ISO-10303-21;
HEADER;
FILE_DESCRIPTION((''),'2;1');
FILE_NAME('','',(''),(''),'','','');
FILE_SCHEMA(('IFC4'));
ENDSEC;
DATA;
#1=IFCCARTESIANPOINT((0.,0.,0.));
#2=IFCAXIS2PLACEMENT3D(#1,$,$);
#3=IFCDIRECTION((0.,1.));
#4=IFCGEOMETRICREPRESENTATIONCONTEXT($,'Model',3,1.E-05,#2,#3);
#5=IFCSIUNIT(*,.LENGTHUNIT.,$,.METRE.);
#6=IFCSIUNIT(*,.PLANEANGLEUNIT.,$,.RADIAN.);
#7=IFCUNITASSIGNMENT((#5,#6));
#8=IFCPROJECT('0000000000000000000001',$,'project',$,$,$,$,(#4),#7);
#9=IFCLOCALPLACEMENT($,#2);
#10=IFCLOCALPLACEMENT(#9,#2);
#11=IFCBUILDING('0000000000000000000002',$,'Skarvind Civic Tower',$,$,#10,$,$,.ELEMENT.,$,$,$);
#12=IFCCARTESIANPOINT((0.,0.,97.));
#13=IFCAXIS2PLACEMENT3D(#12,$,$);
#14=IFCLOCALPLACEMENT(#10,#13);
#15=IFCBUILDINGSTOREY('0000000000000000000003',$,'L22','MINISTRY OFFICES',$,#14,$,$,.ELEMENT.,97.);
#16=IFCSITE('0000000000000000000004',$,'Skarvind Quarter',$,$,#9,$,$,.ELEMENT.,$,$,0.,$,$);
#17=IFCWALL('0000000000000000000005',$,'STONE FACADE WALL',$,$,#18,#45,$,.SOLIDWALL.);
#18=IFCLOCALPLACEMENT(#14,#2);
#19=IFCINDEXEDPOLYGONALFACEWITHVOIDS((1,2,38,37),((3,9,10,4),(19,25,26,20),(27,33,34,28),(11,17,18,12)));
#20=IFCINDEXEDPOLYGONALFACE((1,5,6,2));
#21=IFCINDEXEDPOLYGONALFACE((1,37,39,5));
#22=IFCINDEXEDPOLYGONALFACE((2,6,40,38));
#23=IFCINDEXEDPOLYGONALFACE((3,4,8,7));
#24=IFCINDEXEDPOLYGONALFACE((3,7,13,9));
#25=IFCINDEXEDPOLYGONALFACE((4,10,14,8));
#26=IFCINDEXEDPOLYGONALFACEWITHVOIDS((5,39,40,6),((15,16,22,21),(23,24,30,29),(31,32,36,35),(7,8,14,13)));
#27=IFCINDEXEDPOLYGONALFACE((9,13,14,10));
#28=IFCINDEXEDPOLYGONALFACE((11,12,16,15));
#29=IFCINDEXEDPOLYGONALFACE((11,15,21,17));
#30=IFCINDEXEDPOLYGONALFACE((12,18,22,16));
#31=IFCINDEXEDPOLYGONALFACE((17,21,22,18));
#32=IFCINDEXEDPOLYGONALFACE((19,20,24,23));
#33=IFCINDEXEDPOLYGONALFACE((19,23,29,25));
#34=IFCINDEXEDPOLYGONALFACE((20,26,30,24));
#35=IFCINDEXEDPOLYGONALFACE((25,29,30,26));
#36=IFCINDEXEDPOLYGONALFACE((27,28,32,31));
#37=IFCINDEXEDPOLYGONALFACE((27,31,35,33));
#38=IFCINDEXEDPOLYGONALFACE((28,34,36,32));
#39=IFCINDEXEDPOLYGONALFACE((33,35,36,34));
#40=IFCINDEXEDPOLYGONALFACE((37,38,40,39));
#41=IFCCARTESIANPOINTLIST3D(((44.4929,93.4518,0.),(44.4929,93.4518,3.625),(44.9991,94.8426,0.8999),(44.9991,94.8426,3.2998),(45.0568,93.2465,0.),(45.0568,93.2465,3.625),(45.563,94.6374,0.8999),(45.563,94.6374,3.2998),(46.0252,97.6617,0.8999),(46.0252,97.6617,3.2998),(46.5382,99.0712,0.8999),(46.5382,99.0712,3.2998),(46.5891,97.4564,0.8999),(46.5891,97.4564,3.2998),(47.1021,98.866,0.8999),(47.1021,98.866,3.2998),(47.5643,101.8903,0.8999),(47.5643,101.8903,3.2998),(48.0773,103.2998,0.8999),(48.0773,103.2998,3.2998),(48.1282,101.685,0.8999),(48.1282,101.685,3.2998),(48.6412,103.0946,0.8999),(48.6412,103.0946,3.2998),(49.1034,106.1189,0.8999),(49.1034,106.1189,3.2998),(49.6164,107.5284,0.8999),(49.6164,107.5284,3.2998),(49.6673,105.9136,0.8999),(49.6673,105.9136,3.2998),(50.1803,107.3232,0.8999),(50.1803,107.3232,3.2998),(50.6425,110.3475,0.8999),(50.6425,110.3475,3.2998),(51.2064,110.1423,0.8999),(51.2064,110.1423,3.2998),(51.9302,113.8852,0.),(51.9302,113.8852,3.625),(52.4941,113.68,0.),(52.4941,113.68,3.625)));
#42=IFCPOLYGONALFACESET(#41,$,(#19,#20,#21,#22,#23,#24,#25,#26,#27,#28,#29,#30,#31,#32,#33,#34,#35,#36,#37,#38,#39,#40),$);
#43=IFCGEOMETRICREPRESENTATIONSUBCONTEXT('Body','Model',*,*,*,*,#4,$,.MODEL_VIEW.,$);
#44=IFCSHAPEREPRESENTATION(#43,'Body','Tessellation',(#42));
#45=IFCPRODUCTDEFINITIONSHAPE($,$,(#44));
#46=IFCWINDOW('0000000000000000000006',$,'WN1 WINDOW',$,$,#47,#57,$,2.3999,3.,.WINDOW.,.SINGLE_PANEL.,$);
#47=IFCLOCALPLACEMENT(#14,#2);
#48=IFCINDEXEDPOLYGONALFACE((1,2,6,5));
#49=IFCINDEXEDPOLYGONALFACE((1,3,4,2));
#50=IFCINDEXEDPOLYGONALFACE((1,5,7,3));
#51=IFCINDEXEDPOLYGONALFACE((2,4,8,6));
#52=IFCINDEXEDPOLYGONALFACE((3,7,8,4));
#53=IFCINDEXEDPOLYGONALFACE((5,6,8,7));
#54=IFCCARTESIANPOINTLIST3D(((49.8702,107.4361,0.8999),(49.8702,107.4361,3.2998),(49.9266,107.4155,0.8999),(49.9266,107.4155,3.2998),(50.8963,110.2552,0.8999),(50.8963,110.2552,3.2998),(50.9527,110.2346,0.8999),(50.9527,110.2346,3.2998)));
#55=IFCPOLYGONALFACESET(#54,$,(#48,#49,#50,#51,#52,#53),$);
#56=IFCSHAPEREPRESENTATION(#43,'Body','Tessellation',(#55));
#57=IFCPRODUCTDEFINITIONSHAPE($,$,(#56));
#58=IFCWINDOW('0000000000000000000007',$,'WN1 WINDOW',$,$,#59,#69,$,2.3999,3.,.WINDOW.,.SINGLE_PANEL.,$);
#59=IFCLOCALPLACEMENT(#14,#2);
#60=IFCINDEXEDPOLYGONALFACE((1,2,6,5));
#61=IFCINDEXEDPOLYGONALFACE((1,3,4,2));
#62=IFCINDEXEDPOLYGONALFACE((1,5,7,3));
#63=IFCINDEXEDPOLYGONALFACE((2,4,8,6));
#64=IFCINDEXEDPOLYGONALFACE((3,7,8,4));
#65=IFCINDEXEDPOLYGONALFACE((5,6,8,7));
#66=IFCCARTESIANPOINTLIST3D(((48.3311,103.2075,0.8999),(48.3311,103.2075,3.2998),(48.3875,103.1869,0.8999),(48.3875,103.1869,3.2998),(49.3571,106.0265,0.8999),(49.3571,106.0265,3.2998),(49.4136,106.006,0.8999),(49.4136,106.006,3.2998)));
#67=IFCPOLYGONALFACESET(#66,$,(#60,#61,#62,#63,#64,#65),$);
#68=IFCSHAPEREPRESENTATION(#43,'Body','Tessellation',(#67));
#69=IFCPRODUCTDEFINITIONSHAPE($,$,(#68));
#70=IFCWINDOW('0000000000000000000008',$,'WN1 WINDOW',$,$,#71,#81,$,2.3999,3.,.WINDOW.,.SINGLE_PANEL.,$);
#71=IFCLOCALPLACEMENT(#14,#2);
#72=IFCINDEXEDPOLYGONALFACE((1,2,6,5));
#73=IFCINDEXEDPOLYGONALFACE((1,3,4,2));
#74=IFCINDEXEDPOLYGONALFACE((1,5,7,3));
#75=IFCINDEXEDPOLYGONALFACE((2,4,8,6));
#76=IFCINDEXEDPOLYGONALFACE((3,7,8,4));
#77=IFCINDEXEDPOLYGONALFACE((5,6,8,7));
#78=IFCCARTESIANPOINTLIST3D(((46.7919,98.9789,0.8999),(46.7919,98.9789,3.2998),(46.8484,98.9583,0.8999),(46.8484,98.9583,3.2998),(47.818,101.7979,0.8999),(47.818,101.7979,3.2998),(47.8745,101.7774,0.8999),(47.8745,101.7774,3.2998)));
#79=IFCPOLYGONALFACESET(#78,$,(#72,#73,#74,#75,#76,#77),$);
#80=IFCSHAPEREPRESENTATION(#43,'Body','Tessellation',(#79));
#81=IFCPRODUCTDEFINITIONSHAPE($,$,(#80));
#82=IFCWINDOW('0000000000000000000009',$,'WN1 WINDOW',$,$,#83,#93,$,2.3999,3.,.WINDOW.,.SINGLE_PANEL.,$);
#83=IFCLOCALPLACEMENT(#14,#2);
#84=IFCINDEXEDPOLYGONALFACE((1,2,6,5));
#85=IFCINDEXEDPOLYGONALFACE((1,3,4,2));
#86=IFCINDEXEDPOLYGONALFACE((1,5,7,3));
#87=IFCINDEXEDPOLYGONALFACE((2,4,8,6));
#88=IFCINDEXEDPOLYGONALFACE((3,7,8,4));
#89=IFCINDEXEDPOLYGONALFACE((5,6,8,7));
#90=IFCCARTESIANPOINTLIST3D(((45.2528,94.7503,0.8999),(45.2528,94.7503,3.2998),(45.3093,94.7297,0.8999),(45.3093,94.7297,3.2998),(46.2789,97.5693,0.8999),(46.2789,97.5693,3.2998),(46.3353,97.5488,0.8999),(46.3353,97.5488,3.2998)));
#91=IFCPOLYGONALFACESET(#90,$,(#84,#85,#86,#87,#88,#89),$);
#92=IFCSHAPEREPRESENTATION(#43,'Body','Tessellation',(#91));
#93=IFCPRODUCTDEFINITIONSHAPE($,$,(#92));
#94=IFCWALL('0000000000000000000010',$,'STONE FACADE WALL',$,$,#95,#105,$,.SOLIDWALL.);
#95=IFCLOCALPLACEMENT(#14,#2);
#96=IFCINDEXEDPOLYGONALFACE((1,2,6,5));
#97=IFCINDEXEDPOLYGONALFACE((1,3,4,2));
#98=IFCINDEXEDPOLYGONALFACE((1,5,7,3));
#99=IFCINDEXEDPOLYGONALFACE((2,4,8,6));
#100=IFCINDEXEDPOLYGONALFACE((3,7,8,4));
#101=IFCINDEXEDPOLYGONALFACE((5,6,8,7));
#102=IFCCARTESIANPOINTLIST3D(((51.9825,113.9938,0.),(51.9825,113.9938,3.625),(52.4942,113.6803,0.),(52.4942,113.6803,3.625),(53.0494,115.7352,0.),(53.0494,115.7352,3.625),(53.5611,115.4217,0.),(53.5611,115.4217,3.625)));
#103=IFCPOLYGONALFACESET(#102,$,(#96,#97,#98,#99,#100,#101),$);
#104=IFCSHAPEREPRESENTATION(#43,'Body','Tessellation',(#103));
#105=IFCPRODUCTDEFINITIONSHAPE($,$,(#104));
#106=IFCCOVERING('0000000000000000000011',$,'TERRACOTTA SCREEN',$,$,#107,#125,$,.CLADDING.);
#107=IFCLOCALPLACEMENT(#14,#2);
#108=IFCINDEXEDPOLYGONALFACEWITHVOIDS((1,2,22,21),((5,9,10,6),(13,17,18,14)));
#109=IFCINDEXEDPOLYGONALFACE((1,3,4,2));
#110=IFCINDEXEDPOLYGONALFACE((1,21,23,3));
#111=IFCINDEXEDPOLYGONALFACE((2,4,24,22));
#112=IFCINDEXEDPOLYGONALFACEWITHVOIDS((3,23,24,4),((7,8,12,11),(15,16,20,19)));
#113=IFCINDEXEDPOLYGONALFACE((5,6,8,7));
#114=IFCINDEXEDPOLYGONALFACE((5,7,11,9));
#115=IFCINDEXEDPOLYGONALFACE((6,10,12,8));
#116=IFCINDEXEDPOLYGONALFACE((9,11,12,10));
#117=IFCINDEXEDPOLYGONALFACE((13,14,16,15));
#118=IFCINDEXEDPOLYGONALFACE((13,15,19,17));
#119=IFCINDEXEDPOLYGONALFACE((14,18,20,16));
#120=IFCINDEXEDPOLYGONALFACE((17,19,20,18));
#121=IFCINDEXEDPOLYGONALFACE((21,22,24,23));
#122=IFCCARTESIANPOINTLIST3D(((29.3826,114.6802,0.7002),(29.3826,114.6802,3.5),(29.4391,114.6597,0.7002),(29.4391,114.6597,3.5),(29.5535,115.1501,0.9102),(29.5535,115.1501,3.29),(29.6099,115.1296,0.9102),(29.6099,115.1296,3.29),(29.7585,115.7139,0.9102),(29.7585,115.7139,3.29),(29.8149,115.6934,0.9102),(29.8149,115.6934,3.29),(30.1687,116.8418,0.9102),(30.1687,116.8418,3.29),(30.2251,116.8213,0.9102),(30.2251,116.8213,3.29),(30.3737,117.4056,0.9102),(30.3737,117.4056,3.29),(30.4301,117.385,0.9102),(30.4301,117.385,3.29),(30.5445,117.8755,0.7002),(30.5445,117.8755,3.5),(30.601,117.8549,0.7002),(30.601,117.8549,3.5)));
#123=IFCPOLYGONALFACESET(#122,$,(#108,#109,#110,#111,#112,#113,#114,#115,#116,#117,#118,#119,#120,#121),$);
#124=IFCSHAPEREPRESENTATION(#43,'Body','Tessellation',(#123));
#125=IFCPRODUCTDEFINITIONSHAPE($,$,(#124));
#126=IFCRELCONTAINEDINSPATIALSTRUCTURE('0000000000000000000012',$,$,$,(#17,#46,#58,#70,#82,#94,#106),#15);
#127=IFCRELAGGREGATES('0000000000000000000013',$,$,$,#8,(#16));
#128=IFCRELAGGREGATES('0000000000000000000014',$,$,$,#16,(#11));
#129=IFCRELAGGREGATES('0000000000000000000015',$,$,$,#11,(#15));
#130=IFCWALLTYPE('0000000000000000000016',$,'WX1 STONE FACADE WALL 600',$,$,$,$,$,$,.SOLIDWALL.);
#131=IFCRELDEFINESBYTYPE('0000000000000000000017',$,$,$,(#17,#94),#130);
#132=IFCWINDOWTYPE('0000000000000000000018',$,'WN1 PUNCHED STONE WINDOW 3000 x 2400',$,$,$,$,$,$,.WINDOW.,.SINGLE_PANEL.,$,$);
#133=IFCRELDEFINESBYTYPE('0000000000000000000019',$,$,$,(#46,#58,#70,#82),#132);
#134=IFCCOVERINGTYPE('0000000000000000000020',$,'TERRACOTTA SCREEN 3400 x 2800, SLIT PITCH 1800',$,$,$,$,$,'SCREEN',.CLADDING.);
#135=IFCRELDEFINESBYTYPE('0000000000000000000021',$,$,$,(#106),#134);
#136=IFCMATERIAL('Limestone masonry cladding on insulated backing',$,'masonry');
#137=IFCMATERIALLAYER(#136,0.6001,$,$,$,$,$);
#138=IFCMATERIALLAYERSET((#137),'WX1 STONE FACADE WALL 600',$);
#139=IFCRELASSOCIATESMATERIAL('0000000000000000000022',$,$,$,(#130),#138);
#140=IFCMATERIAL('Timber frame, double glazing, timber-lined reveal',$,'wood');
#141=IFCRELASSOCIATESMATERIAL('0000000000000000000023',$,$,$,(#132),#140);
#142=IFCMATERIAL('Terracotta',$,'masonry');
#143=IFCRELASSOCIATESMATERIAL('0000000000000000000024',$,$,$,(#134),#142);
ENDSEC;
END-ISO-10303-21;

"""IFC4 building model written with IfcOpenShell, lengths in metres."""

from ifc_helpers import new_model, si_unit, direction, frame, frame_2d, origin, place, context, subcontext, project, spatial, polyline, rectangle, outline, extrude, material, layer, layer_set, material_profile, profile_set, type_object, element, fill, save


model = new_model("IFC4")

# Units and contexts
model_context = context("Model", 3, precision=1e-05, world=origin(), true_north=direction((0.0, 1.0)))
body_context = subcontext(model_context, "Body", "Model", "MODEL_VIEW")
ifc_project = project(units=[si_unit("LENGTHUNIT", "METRE"), si_unit("PLANEANGLEUNIT", "RADIAN")], contexts=[model_context])

# Site, building, storey
site_placement = place(None, origin())
site = spatial("IfcSite", under=ifc_project, at=site_placement, Name="Skarvind Quarter", CompositionType="ELEMENT", RefElevation=0.0)
building_placement = place(site_placement, origin())
building = spatial("IfcBuilding", under=site, at=building_placement, Name="Skarvind Civic Tower", CompositionType="ELEMENT")
storey_placement = place(building_placement, frame((0.0, 0.0, 97.0)))
storey = spatial("IfcBuildingStorey", under=building, at=storey_placement, Name="L22", Description="MINISTRY OFFICES", CompositionType="ELEMENT", Elevation=97.0)

# Wall, openings, windows
ifc_material_1 = material(Name="Limestone masonry cladding on insulated backing", Category="masonry")
ifc_layer_1 = layer(ifc_material_1, 0.6001)
ifc_layer_set_1 = layer_set([ifc_layer_1], Name="WX1 STONE FACADE WALL 600")
wall_type_1 = type_object("IfcWallType", Name="WX1 STONE FACADE WALL 600", PredefinedType="SOLIDWALL", material=ifc_layer_set_1)
wall_1_placement = place(storey_placement, frame((52.2122, 113.7827, 0.0), z_axis=(0.0, 0.0, 1.0), x_axis=(-0.342025, -0.939691, 0.0)))
wall_1 = element("IfcWall", 1, at=wall_1_placement, inside=storey, type_object=wall_type_1, Name="STONE FACADE WALL", PredefinedType="SOLIDWALL", context=body_context, shape_type="SweptSolid", body=[
    extrude(rectangle(XDim=21.7449, YDim=0.6001, at=frame_2d((10.8726, 0.0))), origin(), (0.0, 0.0, 1.0), 3.625),
])
opening_1_placement = place(wall_1_placement, frame((3.7649, 0.0, 0.8999)))
opening_1 = element("IfcOpeningElement", 2, at=opening_1_placement, cuts=wall_1, PredefinedType="OPENING", context=body_context, shape_type="SweptSolid", body=[
    extrude(rectangle(XDim=3.0, YDim=2.3999, at=frame_2d((1.5, 1.2))), frame((0.0, 0.3101, 0.0), z_axis=(0.0, -1.0, 0.0), x_axis=(1.0, 0.0, 0.0)), (0.0, 0.0, 1.0), 0.6201),
])
opening_2_placement = place(wall_1_placement, frame((8.2649, 0.0, 0.8999)))
opening_2 = element("IfcOpeningElement", 3, at=opening_2_placement, cuts=wall_1, PredefinedType="OPENING", context=body_context, shape_type="SweptSolid", body=[
    extrude(rectangle(XDim=3.0, YDim=2.3999, at=frame_2d((1.5, 1.2))), frame((0.0, 0.3101, 0.0), z_axis=(0.0, -1.0, 0.0), x_axis=(1.0, 0.0, 0.0)), (0.0, 0.0, 1.0), 0.6201),
])
opening_3_placement = place(wall_1_placement, frame((12.7649, 0.0, 0.8999)))
opening_3 = element("IfcOpeningElement", 4, at=opening_3_placement, cuts=wall_1, PredefinedType="OPENING", context=body_context, shape_type="SweptSolid", body=[
    extrude(rectangle(XDim=3.0, YDim=2.3999, at=frame_2d((1.5, 1.2))), frame((0.0, 0.3101, 0.0), z_axis=(0.0, -1.0, 0.0), x_axis=(1.0, 0.0, 0.0)), (0.0, 0.0, 1.0), 0.6201),
])
opening_4_placement = place(wall_1_placement, frame((17.2649, 0.0, 0.8999)))
opening_4 = element("IfcOpeningElement", 5, at=opening_4_placement, cuts=wall_1, PredefinedType="OPENING", context=body_context, shape_type="SweptSolid", body=[
    extrude(rectangle(XDim=3.0, YDim=2.3999, at=frame_2d((1.5, 1.2))), frame((0.0, 0.3101, 0.0), z_axis=(0.0, -1.0, 0.0), x_axis=(1.0, 0.0, 0.0)), (0.0, 0.0, 1.0), 0.6201),
])
ifc_material_2 = material(Name="Timber frame, double glazing, timber-lined reveal", Category="wood")
window_type = type_object("IfcWindowType", Name="WN1 PUNCHED STONE WINDOW 3000 x 2400", PartitioningType="SINGLE_PANEL", PredefinedType="WINDOW", material=ifc_material_2)
window_1_placement = place(opening_1_placement, origin())
window_1 = element("IfcWindow", 6, at=window_1_placement, inside=storey, type_object=window_type, Name="WN1 WINDOW", OverallHeight=2.3999, OverallWidth=3.0, PartitioningType="SINGLE_PANEL", PredefinedType="WINDOW", context=body_context, shape_type="SweptSolid", body=[
    extrude(rectangle(XDim=3.0, YDim=2.3999, at=frame_2d((1.5, 1.2))), frame((0.0, 0.03, 0.0), z_axis=(0.0, -1.0, 0.0), x_axis=(1.0, 0.0, 0.0)), (0.0, 0.0, 1.0), 0.0601),
])
fill(opening_1, window_1)
window_2_placement = place(opening_2_placement, origin())
window_2 = element("IfcWindow", 7, at=window_2_placement, inside=storey, type_object=window_type, Name="WN1 WINDOW", OverallHeight=2.3999, OverallWidth=3.0, PartitioningType="SINGLE_PANEL", PredefinedType="WINDOW", context=body_context, shape_type="SweptSolid", body=[
    extrude(rectangle(XDim=3.0, YDim=2.3999, at=frame_2d((1.5, 1.2))), frame((0.0, 0.03, 0.0), z_axis=(0.0, -1.0, 0.0), x_axis=(1.0, 0.0, 0.0)), (0.0, 0.0, 1.0), 0.0601),
])
fill(opening_2, window_2)
window_3_placement = place(opening_3_placement, origin())
window_3 = element("IfcWindow", 8, at=window_3_placement, inside=storey, type_object=window_type, Name="WN1 WINDOW", OverallHeight=2.3999, OverallWidth=3.0, PartitioningType="SINGLE_PANEL", PredefinedType="WINDOW", context=body_context, shape_type="SweptSolid", body=[
    extrude(rectangle(XDim=3.0, YDim=2.3999, at=frame_2d((1.5, 1.2))), frame((0.0, 0.03, 0.0), z_axis=(0.0, -1.0, 0.0), x_axis=(1.0, 0.0, 0.0)), (0.0, 0.0, 1.0), 0.0601),
])
fill(opening_3, window_3)
window_4_placement = place(opening_4_placement, origin())
window_4 = element("IfcWindow", 9, at=window_4_placement, inside=storey, type_object=window_type, Name="WN1 WINDOW", OverallHeight=2.3999, OverallWidth=3.0, PartitioningType="SINGLE_PANEL", PredefinedType="WINDOW", context=body_context, shape_type="SweptSolid", body=[
    extrude(rectangle(XDim=3.0, YDim=2.3999, at=frame_2d((1.5, 1.2))), frame((0.0, 0.03, 0.0), z_axis=(0.0, -1.0, 0.0), x_axis=(1.0, 0.0, 0.0)), (0.0, 0.0, 1.0), 0.0601),
])
fill(opening_4, window_4)

# Wall
wall_2_placement = place(storey_placement, frame((53.3052, 115.5784, 0.0), z_axis=(0.0, 0.0, 1.0), x_axis=(-0.522402, -0.852699, 0.0)))
element("IfcWall", 10, at=wall_2_placement, inside=storey, type_object=wall_type_1, Name="STONE FACADE WALL", PredefinedType="SOLIDWALL", context=body_context, shape_type="SweptSolid", body=[
    extrude(rectangle(XDim=2.0422, YDim=0.6001, at=frame_2d((1.021, 0.0))), origin(), (0.0, 0.0, 1.0), 3.625),
])

# Covering
ifc_material_3 = material(Name="Terracotta", Category="masonry")
ifc_material_profile_1 = material_profile(ifc_material_3, outline(polyline([(-1.7, -1.3999), (1.7, -1.3999), (1.7, 1.3999), (-1.7, 1.3999), (-1.7, -1.3999)]), holes=[polyline([(-1.2, -1.1899), (-0.6001, -1.1899), (-0.6001, 1.1899), (-1.2, 1.1899), (-1.2, -1.1899)]), polyline([(0.6001, -1.1899), (1.2, -1.1899), (1.2, 1.1899), (0.6001, 1.1899), (0.6001, -1.1899)])]), Name="TERRACOTTA SCREEN 3400 x 2800, SLIT PITCH 1800")
ifc_profile_set_1 = profile_set([ifc_material_profile_1], Name="Terracotta")
covering_type = type_object("IfcCoveringType", Name="TERRACOTTA SCREEN 3400 x 2800, SLIT PITCH 1800", ElementType="SCREEN", PredefinedType="CLADDING", material=ifc_profile_set_1)
covering_placement = place(storey_placement, frame((30.02, 116.2573, 2.1001), z_axis=(-0.939793, 0.341743, 0.0), x_axis=(-0.341743, -0.939793, 0.0)))
element("IfcCovering", 11, at=covering_placement, inside=storey, type_object=covering_type, Name="TERRACOTTA SCREEN", PredefinedType="CLADDING", context=body_context, shape_type="SweptSolid", body=[
    extrude(outline(polyline([(-1.7, -1.3999), (1.7, -1.3999), (1.7, 1.3999), (-1.7, 1.3999), (-1.7, -1.3999)]), holes=[polyline([(-1.2, -1.1899), (-0.6001, -1.1899), (-0.6001, 1.1899), (-1.2, 1.1899), (-1.2, -1.1899)]), polyline([(0.6001, -1.1899), (1.2, -1.1899), (1.2, 1.1899), (0.6001, 1.1899), (0.6001, -1.1899)])]), origin(), (0.0, 0.0, 1.0), 0.0601),
])

save(model, "model.ifc")
